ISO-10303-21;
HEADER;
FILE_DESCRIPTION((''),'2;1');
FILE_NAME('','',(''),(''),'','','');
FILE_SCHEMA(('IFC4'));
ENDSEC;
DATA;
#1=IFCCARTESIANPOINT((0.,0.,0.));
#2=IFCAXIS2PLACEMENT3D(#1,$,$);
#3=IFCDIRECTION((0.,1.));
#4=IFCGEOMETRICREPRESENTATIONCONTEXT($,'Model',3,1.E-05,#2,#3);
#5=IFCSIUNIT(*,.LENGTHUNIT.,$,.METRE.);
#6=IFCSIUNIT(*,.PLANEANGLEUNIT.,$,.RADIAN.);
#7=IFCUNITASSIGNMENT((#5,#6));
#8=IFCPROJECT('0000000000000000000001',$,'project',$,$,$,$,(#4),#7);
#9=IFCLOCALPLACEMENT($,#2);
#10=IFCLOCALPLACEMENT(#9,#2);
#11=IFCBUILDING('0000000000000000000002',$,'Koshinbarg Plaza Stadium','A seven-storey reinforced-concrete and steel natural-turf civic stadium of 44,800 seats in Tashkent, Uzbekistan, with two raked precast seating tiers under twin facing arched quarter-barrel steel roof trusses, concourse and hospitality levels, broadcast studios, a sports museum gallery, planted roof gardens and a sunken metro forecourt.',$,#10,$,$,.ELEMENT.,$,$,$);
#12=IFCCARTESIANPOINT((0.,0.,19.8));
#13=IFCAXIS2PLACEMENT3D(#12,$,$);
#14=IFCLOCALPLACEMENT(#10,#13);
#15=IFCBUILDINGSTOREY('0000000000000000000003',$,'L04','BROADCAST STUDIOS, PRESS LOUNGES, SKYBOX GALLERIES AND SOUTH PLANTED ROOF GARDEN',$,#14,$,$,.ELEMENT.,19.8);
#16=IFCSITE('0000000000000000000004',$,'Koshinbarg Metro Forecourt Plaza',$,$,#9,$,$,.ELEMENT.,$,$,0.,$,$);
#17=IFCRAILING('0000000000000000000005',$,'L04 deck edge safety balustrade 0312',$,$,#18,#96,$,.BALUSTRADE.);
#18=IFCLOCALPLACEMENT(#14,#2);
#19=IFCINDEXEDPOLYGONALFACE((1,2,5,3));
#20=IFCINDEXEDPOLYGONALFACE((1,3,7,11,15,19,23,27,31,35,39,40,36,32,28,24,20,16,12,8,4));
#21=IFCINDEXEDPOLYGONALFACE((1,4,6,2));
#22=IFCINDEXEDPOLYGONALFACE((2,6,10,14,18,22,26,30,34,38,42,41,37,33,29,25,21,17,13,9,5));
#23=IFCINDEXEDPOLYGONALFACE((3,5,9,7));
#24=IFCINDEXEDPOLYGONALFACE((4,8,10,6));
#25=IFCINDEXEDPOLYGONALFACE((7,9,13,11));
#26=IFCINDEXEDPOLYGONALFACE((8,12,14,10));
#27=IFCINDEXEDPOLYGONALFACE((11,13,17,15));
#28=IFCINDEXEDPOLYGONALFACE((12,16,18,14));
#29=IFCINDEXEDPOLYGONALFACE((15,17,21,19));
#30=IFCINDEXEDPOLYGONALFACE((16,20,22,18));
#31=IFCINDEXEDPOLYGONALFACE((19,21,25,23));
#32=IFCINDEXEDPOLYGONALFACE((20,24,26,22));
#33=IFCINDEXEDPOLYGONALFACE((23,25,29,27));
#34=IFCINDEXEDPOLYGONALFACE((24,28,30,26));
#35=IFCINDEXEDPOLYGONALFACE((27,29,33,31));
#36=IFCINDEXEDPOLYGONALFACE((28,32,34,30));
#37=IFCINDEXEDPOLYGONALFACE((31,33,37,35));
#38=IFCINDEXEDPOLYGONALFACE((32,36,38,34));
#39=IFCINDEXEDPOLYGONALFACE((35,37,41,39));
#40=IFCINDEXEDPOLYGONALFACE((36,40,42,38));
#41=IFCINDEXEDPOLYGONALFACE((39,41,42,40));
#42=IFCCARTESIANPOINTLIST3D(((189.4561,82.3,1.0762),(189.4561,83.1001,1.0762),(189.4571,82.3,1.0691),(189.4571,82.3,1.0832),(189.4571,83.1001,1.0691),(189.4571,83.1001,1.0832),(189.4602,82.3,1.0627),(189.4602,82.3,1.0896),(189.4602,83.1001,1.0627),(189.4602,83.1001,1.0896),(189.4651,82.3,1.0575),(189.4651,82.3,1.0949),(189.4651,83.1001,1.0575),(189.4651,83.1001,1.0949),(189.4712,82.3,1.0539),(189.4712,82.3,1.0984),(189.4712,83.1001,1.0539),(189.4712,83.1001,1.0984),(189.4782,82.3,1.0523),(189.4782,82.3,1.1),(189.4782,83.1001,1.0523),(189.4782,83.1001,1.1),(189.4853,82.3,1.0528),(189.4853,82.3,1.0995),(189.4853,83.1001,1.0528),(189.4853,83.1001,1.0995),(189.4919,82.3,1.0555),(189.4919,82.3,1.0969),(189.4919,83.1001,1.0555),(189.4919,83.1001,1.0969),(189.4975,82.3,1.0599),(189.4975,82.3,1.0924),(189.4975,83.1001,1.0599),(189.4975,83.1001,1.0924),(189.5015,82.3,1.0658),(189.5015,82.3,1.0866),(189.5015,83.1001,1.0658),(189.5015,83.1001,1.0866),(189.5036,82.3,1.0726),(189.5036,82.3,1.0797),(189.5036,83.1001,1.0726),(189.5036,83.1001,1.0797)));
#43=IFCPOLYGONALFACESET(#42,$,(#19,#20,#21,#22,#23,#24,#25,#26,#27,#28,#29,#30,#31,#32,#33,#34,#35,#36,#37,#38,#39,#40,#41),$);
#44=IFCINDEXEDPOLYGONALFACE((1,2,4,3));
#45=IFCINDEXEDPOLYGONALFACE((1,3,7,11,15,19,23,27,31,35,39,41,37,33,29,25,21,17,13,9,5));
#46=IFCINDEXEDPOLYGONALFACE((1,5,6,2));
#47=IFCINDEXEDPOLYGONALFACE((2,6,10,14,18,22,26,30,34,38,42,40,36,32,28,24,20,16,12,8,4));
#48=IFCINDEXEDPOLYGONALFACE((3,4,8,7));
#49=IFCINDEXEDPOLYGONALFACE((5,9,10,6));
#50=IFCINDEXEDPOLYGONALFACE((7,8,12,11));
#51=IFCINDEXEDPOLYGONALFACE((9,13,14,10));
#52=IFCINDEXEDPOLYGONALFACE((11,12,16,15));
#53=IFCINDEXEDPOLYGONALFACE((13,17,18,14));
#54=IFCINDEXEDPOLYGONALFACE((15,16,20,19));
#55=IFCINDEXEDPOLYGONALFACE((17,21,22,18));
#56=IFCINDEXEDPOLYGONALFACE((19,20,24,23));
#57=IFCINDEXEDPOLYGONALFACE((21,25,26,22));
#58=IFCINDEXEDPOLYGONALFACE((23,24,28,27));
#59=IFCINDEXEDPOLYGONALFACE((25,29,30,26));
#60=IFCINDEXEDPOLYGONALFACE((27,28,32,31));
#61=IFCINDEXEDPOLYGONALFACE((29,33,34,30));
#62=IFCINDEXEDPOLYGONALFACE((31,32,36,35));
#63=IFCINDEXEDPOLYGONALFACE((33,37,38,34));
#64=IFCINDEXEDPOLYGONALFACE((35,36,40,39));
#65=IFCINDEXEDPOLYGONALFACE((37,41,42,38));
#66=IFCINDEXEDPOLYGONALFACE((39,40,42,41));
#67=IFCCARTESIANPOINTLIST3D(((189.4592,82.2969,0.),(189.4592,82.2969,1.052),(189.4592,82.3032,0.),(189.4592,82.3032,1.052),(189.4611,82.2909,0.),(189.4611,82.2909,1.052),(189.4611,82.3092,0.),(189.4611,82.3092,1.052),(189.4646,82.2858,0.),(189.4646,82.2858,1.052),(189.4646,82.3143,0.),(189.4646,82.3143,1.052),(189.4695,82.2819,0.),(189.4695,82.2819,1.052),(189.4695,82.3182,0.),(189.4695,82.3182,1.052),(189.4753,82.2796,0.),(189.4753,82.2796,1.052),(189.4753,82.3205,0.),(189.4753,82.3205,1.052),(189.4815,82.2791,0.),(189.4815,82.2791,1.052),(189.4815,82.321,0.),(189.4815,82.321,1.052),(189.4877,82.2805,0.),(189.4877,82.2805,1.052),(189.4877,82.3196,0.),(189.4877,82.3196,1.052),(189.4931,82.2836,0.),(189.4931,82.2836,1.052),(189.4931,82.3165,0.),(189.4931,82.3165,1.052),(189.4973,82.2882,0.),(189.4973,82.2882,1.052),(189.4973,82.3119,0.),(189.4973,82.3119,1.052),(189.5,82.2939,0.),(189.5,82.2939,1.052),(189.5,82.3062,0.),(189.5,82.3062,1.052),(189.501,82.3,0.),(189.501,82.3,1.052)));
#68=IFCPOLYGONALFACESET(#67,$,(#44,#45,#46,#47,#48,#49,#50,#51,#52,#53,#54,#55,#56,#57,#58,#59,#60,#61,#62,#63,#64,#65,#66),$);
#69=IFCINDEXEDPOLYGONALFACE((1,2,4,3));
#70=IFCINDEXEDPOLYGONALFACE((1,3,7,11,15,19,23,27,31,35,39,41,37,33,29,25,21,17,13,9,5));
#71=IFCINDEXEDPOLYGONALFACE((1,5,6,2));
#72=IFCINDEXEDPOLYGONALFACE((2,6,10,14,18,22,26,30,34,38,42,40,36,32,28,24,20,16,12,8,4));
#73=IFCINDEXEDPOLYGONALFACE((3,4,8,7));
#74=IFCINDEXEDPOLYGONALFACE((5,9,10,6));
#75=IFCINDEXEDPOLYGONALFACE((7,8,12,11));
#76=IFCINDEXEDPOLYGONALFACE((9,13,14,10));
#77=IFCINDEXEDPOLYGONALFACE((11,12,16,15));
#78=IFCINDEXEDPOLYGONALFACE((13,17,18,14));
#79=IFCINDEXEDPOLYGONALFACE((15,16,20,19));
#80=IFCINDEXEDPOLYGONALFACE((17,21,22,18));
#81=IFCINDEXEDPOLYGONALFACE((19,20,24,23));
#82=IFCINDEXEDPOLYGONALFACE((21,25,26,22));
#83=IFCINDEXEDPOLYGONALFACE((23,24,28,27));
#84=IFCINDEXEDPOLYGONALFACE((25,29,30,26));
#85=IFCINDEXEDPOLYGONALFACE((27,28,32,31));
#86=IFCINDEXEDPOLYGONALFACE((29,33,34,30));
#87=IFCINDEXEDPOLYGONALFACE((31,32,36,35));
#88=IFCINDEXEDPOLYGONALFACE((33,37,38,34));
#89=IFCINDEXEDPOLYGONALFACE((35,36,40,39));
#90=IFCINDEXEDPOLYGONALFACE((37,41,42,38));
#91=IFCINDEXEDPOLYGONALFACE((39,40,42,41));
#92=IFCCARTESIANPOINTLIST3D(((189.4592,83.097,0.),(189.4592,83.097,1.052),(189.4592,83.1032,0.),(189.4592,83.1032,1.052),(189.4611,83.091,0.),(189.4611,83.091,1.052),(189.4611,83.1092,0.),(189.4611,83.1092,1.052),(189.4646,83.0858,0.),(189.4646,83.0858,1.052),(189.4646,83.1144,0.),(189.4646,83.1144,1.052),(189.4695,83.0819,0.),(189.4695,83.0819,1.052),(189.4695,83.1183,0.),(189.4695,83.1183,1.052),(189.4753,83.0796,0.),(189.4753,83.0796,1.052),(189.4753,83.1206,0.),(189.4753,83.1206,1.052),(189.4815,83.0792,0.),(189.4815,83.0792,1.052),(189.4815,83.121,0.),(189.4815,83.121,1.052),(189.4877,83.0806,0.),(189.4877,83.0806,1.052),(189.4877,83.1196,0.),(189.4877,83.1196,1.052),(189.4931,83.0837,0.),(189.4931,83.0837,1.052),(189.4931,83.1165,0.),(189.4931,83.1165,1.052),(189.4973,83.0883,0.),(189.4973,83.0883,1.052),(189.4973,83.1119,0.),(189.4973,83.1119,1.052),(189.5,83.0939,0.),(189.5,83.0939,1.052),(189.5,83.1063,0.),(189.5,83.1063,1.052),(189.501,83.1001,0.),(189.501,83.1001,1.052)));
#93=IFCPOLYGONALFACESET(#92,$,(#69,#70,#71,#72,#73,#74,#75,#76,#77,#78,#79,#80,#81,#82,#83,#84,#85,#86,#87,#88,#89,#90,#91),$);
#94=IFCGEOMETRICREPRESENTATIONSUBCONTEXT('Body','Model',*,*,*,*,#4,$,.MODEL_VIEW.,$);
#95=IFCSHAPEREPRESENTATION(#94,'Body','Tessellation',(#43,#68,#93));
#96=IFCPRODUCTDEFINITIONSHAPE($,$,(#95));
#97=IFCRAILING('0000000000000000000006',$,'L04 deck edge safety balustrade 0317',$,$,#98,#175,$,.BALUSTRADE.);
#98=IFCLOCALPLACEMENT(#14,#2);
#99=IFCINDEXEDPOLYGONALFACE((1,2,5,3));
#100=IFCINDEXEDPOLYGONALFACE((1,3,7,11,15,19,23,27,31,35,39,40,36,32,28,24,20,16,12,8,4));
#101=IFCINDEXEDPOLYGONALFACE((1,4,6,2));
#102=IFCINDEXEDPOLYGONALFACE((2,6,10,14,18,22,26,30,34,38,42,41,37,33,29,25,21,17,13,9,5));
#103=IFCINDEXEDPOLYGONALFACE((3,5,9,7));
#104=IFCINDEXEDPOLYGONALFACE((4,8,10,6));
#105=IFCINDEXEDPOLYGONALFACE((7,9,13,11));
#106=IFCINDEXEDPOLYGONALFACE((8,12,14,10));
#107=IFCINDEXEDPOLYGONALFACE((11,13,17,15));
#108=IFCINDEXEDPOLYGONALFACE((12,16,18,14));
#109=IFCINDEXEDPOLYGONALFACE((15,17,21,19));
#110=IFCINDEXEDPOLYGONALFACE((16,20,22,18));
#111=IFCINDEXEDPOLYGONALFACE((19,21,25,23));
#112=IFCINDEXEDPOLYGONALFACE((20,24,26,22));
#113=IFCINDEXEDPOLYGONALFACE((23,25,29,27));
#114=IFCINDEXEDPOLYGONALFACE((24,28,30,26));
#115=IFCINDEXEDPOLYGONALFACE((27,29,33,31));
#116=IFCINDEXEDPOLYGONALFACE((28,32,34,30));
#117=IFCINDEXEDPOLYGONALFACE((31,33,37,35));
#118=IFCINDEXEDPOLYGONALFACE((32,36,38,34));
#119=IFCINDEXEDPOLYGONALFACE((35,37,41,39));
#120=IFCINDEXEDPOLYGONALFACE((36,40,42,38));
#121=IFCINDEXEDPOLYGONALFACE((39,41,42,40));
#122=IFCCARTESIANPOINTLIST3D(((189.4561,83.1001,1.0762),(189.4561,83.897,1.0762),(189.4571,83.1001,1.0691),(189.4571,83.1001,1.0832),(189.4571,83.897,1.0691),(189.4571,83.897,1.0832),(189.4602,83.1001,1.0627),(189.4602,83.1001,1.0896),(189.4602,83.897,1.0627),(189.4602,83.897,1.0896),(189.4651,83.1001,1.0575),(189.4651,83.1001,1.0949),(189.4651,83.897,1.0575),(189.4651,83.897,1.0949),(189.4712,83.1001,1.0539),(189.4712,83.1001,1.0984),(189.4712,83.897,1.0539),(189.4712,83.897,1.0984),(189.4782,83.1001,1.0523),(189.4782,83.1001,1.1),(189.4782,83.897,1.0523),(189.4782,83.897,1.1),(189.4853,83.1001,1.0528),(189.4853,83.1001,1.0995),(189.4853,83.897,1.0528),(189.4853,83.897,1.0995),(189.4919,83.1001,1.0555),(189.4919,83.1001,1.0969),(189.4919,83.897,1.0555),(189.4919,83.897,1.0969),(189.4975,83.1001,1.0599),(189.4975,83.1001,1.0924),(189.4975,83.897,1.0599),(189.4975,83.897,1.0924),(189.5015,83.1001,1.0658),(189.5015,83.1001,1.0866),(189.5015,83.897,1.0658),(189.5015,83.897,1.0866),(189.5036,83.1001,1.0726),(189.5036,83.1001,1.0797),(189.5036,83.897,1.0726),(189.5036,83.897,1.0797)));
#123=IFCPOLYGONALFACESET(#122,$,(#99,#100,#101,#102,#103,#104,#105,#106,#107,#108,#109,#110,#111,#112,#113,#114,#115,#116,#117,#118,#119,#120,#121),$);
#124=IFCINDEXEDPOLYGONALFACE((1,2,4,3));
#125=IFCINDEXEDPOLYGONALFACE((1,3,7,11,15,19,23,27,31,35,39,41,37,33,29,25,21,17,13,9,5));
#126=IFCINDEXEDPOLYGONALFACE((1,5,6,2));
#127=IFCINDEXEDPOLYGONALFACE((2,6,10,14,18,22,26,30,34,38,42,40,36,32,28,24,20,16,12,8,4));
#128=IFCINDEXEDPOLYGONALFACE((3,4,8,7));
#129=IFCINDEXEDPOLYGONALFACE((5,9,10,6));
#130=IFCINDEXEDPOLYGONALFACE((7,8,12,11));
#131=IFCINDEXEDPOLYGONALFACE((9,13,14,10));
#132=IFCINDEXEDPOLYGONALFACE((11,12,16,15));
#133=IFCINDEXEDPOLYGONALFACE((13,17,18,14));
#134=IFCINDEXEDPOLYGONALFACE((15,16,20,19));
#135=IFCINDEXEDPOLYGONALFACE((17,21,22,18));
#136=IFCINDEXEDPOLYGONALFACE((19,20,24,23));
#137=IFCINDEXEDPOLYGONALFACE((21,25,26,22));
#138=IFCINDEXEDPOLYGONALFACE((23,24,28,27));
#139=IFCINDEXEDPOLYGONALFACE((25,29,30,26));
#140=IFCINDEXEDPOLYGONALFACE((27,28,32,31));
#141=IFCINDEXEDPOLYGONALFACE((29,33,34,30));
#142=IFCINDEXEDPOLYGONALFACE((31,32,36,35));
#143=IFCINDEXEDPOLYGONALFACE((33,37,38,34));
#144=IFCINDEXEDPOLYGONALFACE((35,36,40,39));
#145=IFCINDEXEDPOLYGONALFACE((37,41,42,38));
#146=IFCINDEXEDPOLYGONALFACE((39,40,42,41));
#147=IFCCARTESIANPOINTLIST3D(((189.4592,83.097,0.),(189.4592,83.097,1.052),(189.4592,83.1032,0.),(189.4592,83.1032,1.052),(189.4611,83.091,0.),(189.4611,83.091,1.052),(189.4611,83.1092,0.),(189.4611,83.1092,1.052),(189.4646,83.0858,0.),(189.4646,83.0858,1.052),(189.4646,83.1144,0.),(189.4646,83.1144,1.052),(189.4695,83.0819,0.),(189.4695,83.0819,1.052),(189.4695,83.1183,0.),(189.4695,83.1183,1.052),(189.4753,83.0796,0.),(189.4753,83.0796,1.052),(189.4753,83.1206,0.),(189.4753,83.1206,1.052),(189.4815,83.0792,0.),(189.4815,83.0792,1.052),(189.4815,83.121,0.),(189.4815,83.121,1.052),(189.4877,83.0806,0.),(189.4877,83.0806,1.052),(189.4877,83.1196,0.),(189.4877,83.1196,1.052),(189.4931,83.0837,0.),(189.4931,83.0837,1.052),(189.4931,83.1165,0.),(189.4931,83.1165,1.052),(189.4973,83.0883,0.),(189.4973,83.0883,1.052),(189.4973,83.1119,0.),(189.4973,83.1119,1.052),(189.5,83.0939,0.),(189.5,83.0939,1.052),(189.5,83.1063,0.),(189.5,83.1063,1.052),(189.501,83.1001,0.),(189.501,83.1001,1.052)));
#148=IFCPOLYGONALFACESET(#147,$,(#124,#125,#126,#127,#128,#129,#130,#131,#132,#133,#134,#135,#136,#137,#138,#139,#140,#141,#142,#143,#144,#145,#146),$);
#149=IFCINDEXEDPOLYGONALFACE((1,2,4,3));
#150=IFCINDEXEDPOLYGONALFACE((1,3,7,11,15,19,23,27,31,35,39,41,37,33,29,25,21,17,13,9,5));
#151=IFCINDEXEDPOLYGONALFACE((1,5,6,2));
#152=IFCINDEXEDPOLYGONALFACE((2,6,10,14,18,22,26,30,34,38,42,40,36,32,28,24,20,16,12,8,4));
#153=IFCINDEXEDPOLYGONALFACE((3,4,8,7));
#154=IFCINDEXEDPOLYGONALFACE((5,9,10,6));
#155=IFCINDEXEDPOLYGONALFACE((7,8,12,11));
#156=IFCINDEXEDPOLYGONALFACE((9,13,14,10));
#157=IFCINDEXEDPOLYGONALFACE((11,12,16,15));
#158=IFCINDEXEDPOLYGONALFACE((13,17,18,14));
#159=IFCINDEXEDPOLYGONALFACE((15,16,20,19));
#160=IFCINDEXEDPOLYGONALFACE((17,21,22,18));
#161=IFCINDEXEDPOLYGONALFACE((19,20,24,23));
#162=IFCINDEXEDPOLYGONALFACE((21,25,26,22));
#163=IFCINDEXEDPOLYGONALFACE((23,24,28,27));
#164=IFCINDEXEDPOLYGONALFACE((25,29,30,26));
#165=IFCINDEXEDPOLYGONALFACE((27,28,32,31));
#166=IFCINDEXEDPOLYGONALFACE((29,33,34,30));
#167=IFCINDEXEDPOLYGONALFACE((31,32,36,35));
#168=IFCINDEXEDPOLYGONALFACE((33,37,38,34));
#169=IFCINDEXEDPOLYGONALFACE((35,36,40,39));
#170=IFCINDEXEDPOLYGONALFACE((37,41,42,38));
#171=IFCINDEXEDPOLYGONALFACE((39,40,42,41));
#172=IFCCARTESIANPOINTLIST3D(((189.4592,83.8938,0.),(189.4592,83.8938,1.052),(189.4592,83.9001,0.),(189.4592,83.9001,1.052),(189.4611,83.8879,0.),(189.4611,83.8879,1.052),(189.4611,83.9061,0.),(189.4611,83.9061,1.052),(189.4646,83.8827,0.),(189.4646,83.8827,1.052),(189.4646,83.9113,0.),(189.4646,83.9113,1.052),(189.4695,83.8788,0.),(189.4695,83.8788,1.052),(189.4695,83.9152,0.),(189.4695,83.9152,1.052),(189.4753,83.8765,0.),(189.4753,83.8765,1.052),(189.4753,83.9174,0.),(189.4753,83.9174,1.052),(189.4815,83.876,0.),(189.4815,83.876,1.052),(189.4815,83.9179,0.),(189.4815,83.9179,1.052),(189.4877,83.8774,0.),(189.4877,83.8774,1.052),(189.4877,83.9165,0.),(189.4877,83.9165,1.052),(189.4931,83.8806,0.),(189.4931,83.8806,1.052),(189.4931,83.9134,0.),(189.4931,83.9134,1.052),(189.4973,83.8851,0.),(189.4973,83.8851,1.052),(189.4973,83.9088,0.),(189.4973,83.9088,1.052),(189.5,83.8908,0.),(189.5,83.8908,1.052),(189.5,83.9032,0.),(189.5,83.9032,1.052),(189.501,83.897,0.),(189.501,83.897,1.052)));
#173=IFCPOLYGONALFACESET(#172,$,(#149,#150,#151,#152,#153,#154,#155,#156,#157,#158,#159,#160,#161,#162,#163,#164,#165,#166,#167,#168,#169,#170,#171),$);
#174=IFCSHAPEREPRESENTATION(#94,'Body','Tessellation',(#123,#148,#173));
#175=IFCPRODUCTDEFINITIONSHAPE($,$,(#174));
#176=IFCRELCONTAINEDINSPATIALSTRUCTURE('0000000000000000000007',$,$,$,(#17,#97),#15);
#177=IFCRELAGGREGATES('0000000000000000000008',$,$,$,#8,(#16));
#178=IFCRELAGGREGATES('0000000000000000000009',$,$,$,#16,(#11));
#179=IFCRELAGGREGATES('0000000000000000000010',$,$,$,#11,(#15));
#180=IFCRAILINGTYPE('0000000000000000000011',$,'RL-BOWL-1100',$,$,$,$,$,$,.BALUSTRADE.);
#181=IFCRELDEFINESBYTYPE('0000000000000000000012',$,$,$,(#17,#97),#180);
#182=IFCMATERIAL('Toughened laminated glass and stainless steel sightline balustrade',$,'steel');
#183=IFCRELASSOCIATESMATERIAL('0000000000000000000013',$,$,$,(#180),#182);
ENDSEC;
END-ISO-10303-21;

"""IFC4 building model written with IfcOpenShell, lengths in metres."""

from ifc_helpers import new_model, si_unit, direction, frame, origin, origin_2d, place, context, subcontext, project, spatial, circle, extrude, material, type_object, element, save


model = new_model("IFC4")

# Units and contexts
model_context = context("Model", 3, precision=1e-05, world=origin(), true_north=direction((0.0, 1.0)))
body_context = subcontext(model_context, "Body", "Model", "MODEL_VIEW")
ifc_project = project(units=[si_unit("LENGTHUNIT", "METRE"), si_unit("PLANEANGLEUNIT", "RADIAN")], contexts=[model_context])

# Site, building, storey
site_placement = place(None, origin())
site = spatial("IfcSite", under=ifc_project, at=site_placement, Name="Koshinbarg Metro Forecourt Plaza", CompositionType="ELEMENT", RefElevation=0.0)
building_placement = place(site_placement, origin())
building = spatial("IfcBuilding", under=site, at=building_placement, Name="Koshinbarg Plaza Stadium", Description="A seven-storey reinforced-concrete and steel natural-turf civic stadium of 44,800 seats in Tashkent, Uzbekistan, with two raked precast seating tiers under twin facing arched quarter-barrel steel roof trusses, concourse and hospitality levels, broadcast studios, a sports museum gallery, planted roof gardens and a sunken metro forecourt.", CompositionType="ELEMENT")
storey_placement = place(building_placement, frame((0.0, 0.0, 19.8)))
storey = spatial("IfcBuildingStorey", under=building, at=storey_placement, Name="L04", Description="BROADCAST STUDIOS, PRESS LOUNGES, SKYBOX GALLERIES AND SOUTH PLANTED ROOF GARDEN", CompositionType="ELEMENT", Elevation=19.8)

# Railings
ifc_material_1 = material(Name="Toughened laminated glass and stainless steel sightline balustrade", Category="steel")
railing_type = type_object("IfcRailingType", Name="RL-BOWL-1100", PredefinedType="BALUSTRADE", material=ifc_material_1)
railing_1_placement = place(storey_placement, frame((189.48, 82.3, 0.0)))
element("IfcRailing", 1, at=railing_1_placement, inside=storey, type_object=railing_type, Name="L04 deck edge safety balustrade 0312", PredefinedType="BALUSTRADE", context=body_context, shape_type="SweptSolid", body=[
    extrude(circle(Radius=0.0239, at=origin_2d()), frame((0.0, 0.0, 1.0762), z_axis=(0.0, 1.0, 0.0), x_axis=(-1.0, 0.0, 0.0)), (0.0, 0.0, 1.0), 0.8),
    extrude(circle(Radius=0.021, at=origin_2d()), origin(), (0.0, 0.0, 1.0), 1.052),
    extrude(circle(Radius=0.021, at=origin_2d()), frame((0.0, 0.8, 0.0)), (0.0, 0.0, 1.0), 1.052),
])
railing_2_placement = place(storey_placement, frame((189.48, 83.1001, 0.0)))
element("IfcRailing", 2, at=railing_2_placement, inside=storey, type_object=railing_type, Name="L04 deck edge safety balustrade 0317", PredefinedType="BALUSTRADE", context=body_context, shape_type="SweptSolid", body=[
    extrude(circle(Radius=0.0239, at=origin_2d()), frame((0.0, 0.0, 1.0762), z_axis=(0.0, 1.0, 0.0), x_axis=(-1.0, 0.0, 0.0)), (0.0, 0.0, 1.0), 0.7969),
    extrude(circle(Radius=0.021, at=origin_2d()), origin(), (0.0, 0.0, 1.0), 1.052),
    extrude(circle(Radius=0.021, at=origin_2d()), frame((0.0, 0.7969, 0.0)), (0.0, 0.0, 1.0), 1.052),
])

save(model, "model.ifc")
